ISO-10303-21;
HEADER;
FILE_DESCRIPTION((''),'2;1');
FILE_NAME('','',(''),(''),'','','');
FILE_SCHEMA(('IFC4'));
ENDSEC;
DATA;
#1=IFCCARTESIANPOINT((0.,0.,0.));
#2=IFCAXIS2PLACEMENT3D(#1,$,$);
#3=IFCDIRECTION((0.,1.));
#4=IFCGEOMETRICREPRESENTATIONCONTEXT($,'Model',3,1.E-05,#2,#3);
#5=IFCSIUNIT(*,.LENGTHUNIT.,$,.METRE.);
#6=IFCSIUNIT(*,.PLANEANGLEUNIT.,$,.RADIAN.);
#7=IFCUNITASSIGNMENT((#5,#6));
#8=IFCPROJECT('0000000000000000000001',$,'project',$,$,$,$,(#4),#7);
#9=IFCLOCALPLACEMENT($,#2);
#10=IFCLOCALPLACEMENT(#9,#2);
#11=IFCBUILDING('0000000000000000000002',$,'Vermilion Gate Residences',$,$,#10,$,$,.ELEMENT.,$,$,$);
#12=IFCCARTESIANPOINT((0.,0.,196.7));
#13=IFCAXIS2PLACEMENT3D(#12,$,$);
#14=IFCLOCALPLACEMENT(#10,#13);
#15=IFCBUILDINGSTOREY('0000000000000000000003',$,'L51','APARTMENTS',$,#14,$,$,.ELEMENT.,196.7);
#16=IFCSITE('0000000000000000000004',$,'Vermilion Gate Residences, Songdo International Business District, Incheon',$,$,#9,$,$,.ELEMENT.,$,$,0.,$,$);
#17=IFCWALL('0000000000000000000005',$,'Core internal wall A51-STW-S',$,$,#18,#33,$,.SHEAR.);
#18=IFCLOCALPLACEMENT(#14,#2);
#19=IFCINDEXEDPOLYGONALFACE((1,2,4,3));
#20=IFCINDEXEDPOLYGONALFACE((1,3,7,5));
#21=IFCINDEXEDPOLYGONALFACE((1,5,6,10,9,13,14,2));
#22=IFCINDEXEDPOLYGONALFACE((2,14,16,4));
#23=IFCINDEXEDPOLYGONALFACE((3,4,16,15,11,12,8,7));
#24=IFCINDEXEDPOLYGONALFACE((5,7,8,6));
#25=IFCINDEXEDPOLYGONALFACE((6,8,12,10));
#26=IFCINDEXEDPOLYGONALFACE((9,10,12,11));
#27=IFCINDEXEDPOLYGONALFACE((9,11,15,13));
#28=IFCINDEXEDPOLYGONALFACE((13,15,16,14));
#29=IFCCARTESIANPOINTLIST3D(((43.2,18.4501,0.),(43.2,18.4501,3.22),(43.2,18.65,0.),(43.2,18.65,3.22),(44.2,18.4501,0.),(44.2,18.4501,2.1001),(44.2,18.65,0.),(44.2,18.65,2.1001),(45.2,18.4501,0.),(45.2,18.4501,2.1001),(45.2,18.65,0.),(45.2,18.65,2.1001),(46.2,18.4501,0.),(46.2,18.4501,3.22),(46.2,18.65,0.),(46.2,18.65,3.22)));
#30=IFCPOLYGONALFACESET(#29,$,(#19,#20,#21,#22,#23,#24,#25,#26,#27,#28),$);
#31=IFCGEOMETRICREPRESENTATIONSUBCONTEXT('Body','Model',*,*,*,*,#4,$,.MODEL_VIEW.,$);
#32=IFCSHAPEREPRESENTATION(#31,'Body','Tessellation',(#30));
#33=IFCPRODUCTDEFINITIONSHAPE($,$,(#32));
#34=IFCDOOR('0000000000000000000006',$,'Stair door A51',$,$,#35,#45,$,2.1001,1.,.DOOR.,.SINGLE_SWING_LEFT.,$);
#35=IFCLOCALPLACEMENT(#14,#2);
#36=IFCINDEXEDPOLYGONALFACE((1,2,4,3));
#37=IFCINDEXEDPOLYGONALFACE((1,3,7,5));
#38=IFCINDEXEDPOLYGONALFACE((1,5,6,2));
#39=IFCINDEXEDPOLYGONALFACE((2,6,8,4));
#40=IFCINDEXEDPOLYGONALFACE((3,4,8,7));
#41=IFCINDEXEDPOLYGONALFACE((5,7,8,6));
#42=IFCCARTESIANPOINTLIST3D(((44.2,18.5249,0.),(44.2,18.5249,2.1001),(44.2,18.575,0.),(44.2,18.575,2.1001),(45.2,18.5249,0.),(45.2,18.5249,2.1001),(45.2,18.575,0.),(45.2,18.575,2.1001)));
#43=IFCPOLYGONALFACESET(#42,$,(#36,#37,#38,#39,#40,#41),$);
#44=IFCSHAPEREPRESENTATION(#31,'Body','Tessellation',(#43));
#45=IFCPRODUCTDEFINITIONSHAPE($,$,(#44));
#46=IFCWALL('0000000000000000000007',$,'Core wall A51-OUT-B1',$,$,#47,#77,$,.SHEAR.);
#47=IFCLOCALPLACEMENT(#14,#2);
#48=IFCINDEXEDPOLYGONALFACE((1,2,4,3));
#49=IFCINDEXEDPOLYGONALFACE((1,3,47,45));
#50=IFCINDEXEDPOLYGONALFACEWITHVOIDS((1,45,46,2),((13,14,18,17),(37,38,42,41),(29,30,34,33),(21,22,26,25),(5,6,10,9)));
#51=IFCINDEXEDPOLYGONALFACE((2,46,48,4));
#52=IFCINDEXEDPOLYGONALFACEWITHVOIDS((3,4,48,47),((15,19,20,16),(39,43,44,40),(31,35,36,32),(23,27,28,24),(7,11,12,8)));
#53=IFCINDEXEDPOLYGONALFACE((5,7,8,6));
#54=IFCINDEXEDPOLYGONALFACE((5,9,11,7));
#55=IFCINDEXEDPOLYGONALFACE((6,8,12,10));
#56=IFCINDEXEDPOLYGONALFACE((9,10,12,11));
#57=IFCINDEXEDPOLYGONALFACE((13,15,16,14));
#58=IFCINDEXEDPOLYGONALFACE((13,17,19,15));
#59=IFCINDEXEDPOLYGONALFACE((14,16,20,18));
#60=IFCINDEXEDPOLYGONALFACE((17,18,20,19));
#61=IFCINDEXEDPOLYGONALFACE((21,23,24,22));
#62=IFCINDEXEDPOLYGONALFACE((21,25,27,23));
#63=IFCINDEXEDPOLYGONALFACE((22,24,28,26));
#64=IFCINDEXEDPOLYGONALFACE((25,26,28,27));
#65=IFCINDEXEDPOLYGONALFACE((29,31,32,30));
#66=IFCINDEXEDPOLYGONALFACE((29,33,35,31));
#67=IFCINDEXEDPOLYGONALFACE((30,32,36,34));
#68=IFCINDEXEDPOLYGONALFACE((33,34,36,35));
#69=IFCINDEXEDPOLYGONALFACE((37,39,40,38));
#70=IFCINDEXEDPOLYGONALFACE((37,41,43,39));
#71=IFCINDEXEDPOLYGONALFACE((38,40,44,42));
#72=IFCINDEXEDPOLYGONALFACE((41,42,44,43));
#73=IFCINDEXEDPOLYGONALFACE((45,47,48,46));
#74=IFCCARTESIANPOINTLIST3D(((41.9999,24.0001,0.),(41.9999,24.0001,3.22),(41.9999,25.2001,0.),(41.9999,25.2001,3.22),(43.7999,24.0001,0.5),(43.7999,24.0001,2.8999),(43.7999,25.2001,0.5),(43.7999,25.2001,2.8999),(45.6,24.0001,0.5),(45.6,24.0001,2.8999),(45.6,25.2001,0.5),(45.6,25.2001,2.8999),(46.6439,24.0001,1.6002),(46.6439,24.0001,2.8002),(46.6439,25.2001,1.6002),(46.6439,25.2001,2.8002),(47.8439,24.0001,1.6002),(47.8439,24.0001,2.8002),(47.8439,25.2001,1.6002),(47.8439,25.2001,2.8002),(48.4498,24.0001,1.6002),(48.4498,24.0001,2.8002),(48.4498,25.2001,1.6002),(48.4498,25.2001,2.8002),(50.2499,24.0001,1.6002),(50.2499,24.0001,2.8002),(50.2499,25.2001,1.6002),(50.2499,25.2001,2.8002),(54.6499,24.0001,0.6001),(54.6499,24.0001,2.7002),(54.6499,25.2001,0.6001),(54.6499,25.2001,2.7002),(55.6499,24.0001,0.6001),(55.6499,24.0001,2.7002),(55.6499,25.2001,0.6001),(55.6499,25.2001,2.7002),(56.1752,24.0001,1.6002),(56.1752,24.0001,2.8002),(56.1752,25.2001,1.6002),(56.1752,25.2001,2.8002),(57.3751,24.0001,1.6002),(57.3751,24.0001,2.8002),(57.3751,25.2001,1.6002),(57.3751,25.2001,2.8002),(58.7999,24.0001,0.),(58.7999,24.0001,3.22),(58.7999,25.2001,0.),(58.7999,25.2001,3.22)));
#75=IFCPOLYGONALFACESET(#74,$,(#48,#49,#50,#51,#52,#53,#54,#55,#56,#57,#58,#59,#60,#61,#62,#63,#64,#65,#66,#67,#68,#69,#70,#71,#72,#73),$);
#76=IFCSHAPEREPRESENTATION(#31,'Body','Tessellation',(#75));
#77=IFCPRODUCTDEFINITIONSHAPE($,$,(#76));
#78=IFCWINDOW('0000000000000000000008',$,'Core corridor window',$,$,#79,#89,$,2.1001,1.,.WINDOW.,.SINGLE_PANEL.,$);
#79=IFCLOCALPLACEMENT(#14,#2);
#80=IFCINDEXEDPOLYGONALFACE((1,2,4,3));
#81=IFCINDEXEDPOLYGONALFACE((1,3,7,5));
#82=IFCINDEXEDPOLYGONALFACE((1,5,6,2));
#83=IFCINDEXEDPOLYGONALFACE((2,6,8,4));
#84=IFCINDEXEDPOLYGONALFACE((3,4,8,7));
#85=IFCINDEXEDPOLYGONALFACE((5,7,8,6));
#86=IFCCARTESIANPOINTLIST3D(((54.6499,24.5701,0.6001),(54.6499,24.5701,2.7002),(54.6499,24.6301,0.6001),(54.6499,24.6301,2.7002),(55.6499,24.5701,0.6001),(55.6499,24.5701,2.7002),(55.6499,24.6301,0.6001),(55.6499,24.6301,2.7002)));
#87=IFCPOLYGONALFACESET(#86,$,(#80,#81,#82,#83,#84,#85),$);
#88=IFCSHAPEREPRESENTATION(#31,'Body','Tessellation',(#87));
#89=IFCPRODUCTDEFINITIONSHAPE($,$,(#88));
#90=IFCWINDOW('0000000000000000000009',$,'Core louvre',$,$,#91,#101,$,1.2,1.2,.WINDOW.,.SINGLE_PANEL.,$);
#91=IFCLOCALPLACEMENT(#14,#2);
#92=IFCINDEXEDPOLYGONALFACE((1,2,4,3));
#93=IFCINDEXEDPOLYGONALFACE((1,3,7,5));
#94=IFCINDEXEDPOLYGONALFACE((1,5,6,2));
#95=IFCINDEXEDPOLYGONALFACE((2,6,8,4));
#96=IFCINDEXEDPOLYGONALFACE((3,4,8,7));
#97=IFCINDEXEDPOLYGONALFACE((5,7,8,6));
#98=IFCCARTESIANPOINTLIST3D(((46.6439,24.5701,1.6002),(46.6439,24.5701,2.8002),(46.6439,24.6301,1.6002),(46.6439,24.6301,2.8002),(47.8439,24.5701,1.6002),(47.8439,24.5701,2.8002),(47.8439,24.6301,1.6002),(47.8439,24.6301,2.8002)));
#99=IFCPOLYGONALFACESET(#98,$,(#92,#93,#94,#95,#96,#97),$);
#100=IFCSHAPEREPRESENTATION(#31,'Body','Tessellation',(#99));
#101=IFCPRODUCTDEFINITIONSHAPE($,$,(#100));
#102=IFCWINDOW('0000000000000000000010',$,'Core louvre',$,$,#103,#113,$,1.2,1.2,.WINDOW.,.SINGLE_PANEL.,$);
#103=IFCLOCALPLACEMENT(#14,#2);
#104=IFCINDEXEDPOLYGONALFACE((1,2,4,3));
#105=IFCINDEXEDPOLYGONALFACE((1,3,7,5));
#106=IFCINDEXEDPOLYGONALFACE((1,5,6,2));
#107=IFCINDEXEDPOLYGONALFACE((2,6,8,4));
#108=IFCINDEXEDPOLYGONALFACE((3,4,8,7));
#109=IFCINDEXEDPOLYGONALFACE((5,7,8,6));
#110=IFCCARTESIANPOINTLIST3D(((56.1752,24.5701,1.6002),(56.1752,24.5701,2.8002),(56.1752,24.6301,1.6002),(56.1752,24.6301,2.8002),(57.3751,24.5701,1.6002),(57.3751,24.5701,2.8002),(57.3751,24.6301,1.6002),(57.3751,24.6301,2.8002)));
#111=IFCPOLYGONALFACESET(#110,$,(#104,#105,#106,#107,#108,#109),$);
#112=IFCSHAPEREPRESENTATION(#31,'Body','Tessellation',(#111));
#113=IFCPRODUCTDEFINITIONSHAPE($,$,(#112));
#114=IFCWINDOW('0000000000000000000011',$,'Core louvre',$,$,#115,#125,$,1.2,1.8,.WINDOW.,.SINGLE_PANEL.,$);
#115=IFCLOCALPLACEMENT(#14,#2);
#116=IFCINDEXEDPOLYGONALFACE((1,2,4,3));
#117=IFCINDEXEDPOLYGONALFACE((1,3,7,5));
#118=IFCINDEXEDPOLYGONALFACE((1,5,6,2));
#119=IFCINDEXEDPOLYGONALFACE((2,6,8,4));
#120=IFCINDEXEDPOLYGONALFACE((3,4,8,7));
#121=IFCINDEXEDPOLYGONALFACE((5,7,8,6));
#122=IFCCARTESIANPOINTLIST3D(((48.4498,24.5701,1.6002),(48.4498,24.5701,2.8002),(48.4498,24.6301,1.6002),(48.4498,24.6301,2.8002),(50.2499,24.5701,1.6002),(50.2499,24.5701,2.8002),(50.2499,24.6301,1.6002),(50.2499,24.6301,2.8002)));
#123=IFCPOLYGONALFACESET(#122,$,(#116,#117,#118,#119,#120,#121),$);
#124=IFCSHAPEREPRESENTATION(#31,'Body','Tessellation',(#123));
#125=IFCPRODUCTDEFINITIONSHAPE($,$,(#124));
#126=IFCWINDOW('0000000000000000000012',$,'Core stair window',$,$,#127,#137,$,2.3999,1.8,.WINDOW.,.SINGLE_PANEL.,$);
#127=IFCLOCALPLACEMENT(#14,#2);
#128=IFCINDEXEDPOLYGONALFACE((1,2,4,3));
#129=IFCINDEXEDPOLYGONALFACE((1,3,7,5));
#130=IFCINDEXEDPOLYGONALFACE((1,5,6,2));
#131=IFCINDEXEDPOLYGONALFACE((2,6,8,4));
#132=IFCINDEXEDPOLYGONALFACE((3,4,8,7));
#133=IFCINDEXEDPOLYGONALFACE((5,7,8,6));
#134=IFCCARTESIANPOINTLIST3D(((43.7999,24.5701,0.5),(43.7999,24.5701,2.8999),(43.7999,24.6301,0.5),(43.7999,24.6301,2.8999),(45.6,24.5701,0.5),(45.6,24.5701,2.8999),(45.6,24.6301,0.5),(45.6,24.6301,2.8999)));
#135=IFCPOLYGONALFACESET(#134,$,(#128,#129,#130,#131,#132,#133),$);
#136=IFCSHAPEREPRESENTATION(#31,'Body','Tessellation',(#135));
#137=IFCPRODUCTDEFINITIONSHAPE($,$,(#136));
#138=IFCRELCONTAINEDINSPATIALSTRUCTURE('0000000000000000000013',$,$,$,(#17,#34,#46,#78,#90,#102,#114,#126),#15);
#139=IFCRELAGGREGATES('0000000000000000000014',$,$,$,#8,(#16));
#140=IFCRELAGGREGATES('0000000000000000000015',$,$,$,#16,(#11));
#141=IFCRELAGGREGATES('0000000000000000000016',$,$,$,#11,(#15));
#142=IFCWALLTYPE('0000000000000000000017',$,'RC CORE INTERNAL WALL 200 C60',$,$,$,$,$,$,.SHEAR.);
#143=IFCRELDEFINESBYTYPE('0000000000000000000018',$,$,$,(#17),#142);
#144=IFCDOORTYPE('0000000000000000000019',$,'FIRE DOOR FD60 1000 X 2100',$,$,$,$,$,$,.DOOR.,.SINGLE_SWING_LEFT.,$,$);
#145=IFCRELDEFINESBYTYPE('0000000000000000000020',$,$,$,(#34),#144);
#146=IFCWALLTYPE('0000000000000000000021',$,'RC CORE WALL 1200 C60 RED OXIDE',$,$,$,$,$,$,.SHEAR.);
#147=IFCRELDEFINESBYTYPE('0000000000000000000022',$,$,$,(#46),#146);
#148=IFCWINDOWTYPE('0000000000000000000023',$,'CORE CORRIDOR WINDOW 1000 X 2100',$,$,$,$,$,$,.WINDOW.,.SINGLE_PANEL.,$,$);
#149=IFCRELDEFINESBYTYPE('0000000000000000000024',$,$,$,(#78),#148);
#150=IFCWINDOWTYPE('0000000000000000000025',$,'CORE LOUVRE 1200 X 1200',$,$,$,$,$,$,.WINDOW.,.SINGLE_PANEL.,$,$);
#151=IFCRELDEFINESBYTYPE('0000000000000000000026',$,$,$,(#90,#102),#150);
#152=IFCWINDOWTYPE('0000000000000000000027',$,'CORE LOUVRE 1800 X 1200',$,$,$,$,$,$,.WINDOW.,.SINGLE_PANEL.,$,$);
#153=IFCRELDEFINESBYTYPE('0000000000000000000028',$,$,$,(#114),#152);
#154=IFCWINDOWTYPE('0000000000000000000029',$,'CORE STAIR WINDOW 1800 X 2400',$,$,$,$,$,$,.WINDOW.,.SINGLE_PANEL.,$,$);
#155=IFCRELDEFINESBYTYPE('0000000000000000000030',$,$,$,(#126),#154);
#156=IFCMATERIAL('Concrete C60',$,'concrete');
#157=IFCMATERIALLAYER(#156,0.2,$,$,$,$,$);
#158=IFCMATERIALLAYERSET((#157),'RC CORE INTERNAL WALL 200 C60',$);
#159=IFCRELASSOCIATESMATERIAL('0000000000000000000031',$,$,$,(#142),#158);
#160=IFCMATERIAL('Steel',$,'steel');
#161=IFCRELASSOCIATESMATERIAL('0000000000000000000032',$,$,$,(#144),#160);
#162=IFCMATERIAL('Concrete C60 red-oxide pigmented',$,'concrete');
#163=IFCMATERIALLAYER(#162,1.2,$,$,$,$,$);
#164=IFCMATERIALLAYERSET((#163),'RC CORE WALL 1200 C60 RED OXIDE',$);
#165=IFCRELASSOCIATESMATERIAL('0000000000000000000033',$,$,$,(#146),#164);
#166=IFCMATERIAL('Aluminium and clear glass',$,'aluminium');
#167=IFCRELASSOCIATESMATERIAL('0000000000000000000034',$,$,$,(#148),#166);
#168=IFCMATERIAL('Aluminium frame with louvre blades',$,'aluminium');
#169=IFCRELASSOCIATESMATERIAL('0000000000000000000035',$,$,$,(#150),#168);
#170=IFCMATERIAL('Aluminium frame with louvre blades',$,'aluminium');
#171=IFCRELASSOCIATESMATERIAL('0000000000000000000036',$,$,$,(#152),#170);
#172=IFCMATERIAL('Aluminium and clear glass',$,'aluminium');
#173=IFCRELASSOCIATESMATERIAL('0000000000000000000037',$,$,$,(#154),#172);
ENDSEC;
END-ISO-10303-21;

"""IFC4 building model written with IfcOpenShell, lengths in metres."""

from ifc_helpers import new_model, si_unit, direction, frame, frame_2d, origin, place, context, subcontext, project, spatial, rectangle, extrude, material, layer, layer_set, type_object, element, fill, save


model = new_model("IFC4")

# Units and contexts
model_context = context("Model", 3, precision=1e-05, world=origin(), true_north=direction((0.0, 1.0)))
body_context = subcontext(model_context, "Body", "Model", "MODEL_VIEW")
ifc_project = project(units=[si_unit("LENGTHUNIT", "METRE"), si_unit("PLANEANGLEUNIT", "RADIAN")], contexts=[model_context])

# Site, building, storey
site_placement = place(None, origin())
site = spatial("IfcSite", under=ifc_project, at=site_placement, Name="Vermilion Gate Residences, Songdo International Business District, Incheon", CompositionType="ELEMENT", RefElevation=0.0)
building_placement = place(site_placement, origin())
building = spatial("IfcBuilding", under=site, at=building_placement, Name="Vermilion Gate Residences", CompositionType="ELEMENT")
storey_placement = place(building_placement, frame((0.0, 0.0, 196.7)))
storey = spatial("IfcBuildingStorey", under=building, at=storey_placement, Name="L51", Description="APARTMENTS", CompositionType="ELEMENT", Elevation=196.7)

# Shared definitions
ifc_material_1 = material(Name="Concrete C60", Category="concrete")
ifc_layer_1 = layer(ifc_material_1, 0.2)
ifc_layer_set_1 = layer_set([ifc_layer_1], Name="RC CORE INTERNAL WALL 200 C60")
wall_type_1 = type_object("IfcWallType", Name="RC CORE INTERNAL WALL 200 C60", PredefinedType="SHEAR", material=ifc_layer_set_1)

# Wall, opening, door
wall_1_placement = place(storey_placement, frame((43.2, 18.55, 0.0), z_axis=(0.0, 0.0, 1.0), x_axis=(1.0, 0.0, 0.0)))
wall_1 = element("IfcWall", 1, at=wall_1_placement, inside=storey, type_object=wall_type_1, Name="Core internal wall A51-STW-S", PredefinedType="SHEAR", context=body_context, shape_type="SweptSolid", body=[
    extrude(rectangle(XDim=3.0, YDim=0.2, at=frame_2d((1.5, 0.0))), origin(), (0.0, 0.0, 1.0), 3.22),
])
opening_1_placement = place(wall_1_placement, frame((1.0, 0.0, 0.0)))
opening_1 = element("IfcOpeningElement", 2, at=opening_1_placement, cuts=wall_1, PredefinedType="OPENING", context=body_context, shape_type="SweptSolid", body=[
    extrude(rectangle(XDim=1.0, YDim=2.1001, at=frame_2d((0.5, 1.05))), frame((0.0, 0.1099, 0.0), z_axis=(0.0, -1.0, 0.0), x_axis=(1.0, 0.0, 0.0)), (0.0, 0.0, 1.0), 0.22),
])
ifc_material_2 = material(Name="Steel", Category="steel")
door_type_1 = type_object("IfcDoorType", Name="FIRE DOOR FD60 1000 X 2100", OperationType="SINGLE_SWING_LEFT", PredefinedType="DOOR", material=ifc_material_2)
door_1_placement = place(opening_1_placement, origin())
door_1 = element("IfcDoor", 3, at=door_1_placement, inside=storey, type_object=door_type_1, Name="Stair door A51", OperationType="SINGLE_SWING_LEFT", OverallHeight=2.1001, OverallWidth=1.0, PredefinedType="DOOR", context=body_context, shape_type="SweptSolid", body=[
    extrude(rectangle(XDim=1.0, YDim=2.1001, at=frame_2d((0.5, 1.05))), frame((0.0, 0.0249, 0.0), z_axis=(0.0, -1.0, 0.0), x_axis=(1.0, 0.0, 0.0)), (0.0, 0.0, 1.0), 0.05),
])
fill(opening_1, door_1)

# Wall, openings, windows
ifc_material_3 = material(Name="Concrete C60 red-oxide pigmented", Category="concrete")
ifc_layer_2 = layer(ifc_material_3, 1.2)
ifc_layer_set_2 = layer_set([ifc_layer_2], Name="RC CORE WALL 1200 C60 RED OXIDE")
wall_type_2 = type_object("IfcWallType", Name="RC CORE WALL 1200 C60 RED OXIDE", PredefinedType="SHEAR", material=ifc_layer_set_2)
wall_2_placement = place(storey_placement, frame((42.0, 24.6001, 0.0), z_axis=(0.0, 0.0, 1.0), x_axis=(1.0, 0.0, 0.0)))
wall_2 = element("IfcWall", 4, at=wall_2_placement, inside=storey, type_object=wall_type_2, Name="Core wall A51-OUT-B1", PredefinedType="SHEAR", context=body_context, shape_type="SweptSolid", body=[
    extrude(rectangle(XDim=16.8, YDim=1.2, at=frame_2d((8.3999, 0.0))), origin(), (0.0, 0.0, 1.0), 3.22),
])
opening_2_placement = place(wall_2_placement, frame((1.8, 0.0, 0.5)))
opening_2 = element("IfcOpeningElement", 5, at=opening_2_placement, cuts=wall_2, PredefinedType="OPENING", context=body_context, shape_type="SweptSolid", body=[
    extrude(rectangle(XDim=1.8, YDim=2.3999, at=frame_2d((0.8999, 1.2))), frame((0.0, 0.6099, 0.0), z_axis=(0.0, -1.0, 0.0), x_axis=(1.0, 0.0, 0.0)), (0.0, 0.0, 1.0), 1.22),
])
opening_3_placement = place(wall_2_placement, frame((4.6438, 0.0, 1.6001)))
opening_3 = element("IfcOpeningElement", 6, at=opening_3_placement, cuts=wall_2, PredefinedType="OPENING", context=body_context, shape_type="SweptSolid", body=[
    extrude(rectangle(XDim=1.2, YDim=1.2, at=frame_2d((0.6001, 0.6001))), frame((0.0, 0.6099, 0.0), z_axis=(0.0, -1.0, 0.0), x_axis=(1.0, 0.0, 0.0)), (0.0, 0.0, 1.0), 1.22),
])
opening_4_placement = place(wall_2_placement, frame((6.45, 0.0, 1.6001)))
opening_4 = element("IfcOpeningElement", 7, at=opening_4_placement, cuts=wall_2, PredefinedType="OPENING", context=body_context, shape_type="SweptSolid", body=[
    extrude(rectangle(XDim=1.8, YDim=1.2, at=frame_2d((0.8999, 0.6001))), frame((0.0, 0.6099, 0.0), z_axis=(0.0, -1.0, 0.0), x_axis=(1.0, 0.0, 0.0)), (0.0, 0.0, 1.0), 1.22),
])
opening_5_placement = place(wall_2_placement, frame((12.6499, 0.0, 0.6001)))
opening_5 = element("IfcOpeningElement", 8, at=opening_5_placement, cuts=wall_2, PredefinedType="OPENING", context=body_context, shape_type="SweptSolid", body=[
    extrude(rectangle(XDim=1.0, YDim=2.1001, at=frame_2d((0.5, 1.05))), frame((0.0, 0.6099, 0.0), z_axis=(0.0, -1.0, 0.0), x_axis=(1.0, 0.0, 0.0)), (0.0, 0.0, 1.0), 1.22),
])
opening_6_placement = place(wall_2_placement, frame((14.175, 0.0, 1.6001)))
opening_6 = element("IfcOpeningElement", 9, at=opening_6_placement, cuts=wall_2, PredefinedType="OPENING", context=body_context, shape_type="SweptSolid", body=[
    extrude(rectangle(XDim=1.2, YDim=1.2, at=frame_2d((0.6001, 0.6001))), frame((0.0, 0.6099, 0.0), z_axis=(0.0, -1.0, 0.0), x_axis=(1.0, 0.0, 0.0)), (0.0, 0.0, 1.0), 1.22),
])
ifc_material_4 = material(Name="Aluminium and clear glass", Category="aluminium")
window_type_1 = type_object("IfcWindowType", Name="CORE CORRIDOR WINDOW 1000 X 2100", PartitioningType="SINGLE_PANEL", PredefinedType="WINDOW", material=ifc_material_4)
window_1_placement = place(opening_5_placement, origin())
window_1 = element("IfcWindow", 10, at=window_1_placement, inside=storey, type_object=window_type_1, Name="Core corridor window", OverallHeight=2.1001, OverallWidth=1.0, PartitioningType="SINGLE_PANEL", PredefinedType="WINDOW", context=body_context, shape_type="SweptSolid", body=[
    extrude(rectangle(XDim=1.0, YDim=2.1001, at=frame_2d((0.5, 1.05))), frame((0.0, 0.03, 0.0), z_axis=(0.0, -1.0, 0.0), x_axis=(1.0, 0.0, 0.0)), (0.0, 0.0, 1.0), 0.0601),
])
fill(opening_5, window_1)
ifc_material_5 = material(Name="Aluminium frame with louvre blades", Category="aluminium")
window_type_2 = type_object("IfcWindowType", Name="CORE LOUVRE 1200 X 1200", PartitioningType="SINGLE_PANEL", PredefinedType="WINDOW", material=ifc_material_5)
window_2_placement = place(opening_3_placement, origin())
window_2 = element("IfcWindow", 11, at=window_2_placement, inside=storey, type_object=window_type_2, Name="Core louvre", OverallHeight=1.2, OverallWidth=1.2, PartitioningType="SINGLE_PANEL", PredefinedType="WINDOW", context=body_context, shape_type="SweptSolid", body=[
    extrude(rectangle(XDim=1.2, YDim=1.2, at=frame_2d((0.6001, 0.6001))), frame((0.0, 0.03, 0.0), z_axis=(0.0, -1.0, 0.0), x_axis=(1.0, 0.0, 0.0)), (0.0, 0.0, 1.0), 0.0601),
])
fill(opening_3, window_2)
window_3_placement = place(opening_6_placement, origin())
window_3 = element("IfcWindow", 12, at=window_3_placement, inside=storey, type_object=window_type_2, Name="Core louvre", OverallHeight=1.2, OverallWidth=1.2, PartitioningType="SINGLE_PANEL", PredefinedType="WINDOW", context=body_context, shape_type="SweptSolid", body=[
    extrude(rectangle(XDim=1.2, YDim=1.2, at=frame_2d((0.6001, 0.6001))), frame((0.0, 0.03, 0.0), z_axis=(0.0, -1.0, 0.0), x_axis=(1.0, 0.0, 0.0)), (0.0, 0.0, 1.0), 0.0601),
])
fill(opening_6, window_3)
ifc_material_6 = material(Name="Aluminium frame with louvre blades", Category="aluminium")
window_type_3 = type_object("IfcWindowType", Name="CORE LOUVRE 1800 X 1200", PartitioningType="SINGLE_PANEL", PredefinedType="WINDOW", material=ifc_material_6)
window_4_placement = place(opening_4_placement, origin())
window_4 = element("IfcWindow", 13, at=window_4_placement, inside=storey, type_object=window_type_3, Name="Core louvre", OverallHeight=1.2, OverallWidth=1.8, PartitioningType="SINGLE_PANEL", PredefinedType="WINDOW", context=body_context, shape_type="SweptSolid", body=[
    extrude(rectangle(XDim=1.8, YDim=1.2, at=frame_2d((0.8999, 0.6001))), frame((0.0, 0.03, 0.0), z_axis=(0.0, -1.0, 0.0), x_axis=(1.0, 0.0, 0.0)), (0.0, 0.0, 1.0), 0.0601),
])
fill(opening_4, window_4)
ifc_material_7 = material(Name="Aluminium and clear glass", Category="aluminium")
window_type_4 = type_object("IfcWindowType", Name="CORE STAIR WINDOW 1800 X 2400", PartitioningType="SINGLE_PANEL", PredefinedType="WINDOW", material=ifc_material_7)
window_5_placement = place(opening_2_placement, origin())
window_5 = element("IfcWindow", 14, at=window_5_placement, inside=storey, type_object=window_type_4, Name="Core stair window", OverallHeight=2.3999, OverallWidth=1.8, PartitioningType="SINGLE_PANEL", PredefinedType="WINDOW", context=body_context, shape_type="SweptSolid", body=[
    extrude(rectangle(XDim=1.8, YDim=2.3999, at=frame_2d((0.8999, 1.2))), frame((0.0, 0.03, 0.0), z_axis=(0.0, -1.0, 0.0), x_axis=(1.0, 0.0, 0.0)), (0.0, 0.0, 1.0), 0.0601),
])
fill(opening_2, window_5)

save(model, "model.ifc")
